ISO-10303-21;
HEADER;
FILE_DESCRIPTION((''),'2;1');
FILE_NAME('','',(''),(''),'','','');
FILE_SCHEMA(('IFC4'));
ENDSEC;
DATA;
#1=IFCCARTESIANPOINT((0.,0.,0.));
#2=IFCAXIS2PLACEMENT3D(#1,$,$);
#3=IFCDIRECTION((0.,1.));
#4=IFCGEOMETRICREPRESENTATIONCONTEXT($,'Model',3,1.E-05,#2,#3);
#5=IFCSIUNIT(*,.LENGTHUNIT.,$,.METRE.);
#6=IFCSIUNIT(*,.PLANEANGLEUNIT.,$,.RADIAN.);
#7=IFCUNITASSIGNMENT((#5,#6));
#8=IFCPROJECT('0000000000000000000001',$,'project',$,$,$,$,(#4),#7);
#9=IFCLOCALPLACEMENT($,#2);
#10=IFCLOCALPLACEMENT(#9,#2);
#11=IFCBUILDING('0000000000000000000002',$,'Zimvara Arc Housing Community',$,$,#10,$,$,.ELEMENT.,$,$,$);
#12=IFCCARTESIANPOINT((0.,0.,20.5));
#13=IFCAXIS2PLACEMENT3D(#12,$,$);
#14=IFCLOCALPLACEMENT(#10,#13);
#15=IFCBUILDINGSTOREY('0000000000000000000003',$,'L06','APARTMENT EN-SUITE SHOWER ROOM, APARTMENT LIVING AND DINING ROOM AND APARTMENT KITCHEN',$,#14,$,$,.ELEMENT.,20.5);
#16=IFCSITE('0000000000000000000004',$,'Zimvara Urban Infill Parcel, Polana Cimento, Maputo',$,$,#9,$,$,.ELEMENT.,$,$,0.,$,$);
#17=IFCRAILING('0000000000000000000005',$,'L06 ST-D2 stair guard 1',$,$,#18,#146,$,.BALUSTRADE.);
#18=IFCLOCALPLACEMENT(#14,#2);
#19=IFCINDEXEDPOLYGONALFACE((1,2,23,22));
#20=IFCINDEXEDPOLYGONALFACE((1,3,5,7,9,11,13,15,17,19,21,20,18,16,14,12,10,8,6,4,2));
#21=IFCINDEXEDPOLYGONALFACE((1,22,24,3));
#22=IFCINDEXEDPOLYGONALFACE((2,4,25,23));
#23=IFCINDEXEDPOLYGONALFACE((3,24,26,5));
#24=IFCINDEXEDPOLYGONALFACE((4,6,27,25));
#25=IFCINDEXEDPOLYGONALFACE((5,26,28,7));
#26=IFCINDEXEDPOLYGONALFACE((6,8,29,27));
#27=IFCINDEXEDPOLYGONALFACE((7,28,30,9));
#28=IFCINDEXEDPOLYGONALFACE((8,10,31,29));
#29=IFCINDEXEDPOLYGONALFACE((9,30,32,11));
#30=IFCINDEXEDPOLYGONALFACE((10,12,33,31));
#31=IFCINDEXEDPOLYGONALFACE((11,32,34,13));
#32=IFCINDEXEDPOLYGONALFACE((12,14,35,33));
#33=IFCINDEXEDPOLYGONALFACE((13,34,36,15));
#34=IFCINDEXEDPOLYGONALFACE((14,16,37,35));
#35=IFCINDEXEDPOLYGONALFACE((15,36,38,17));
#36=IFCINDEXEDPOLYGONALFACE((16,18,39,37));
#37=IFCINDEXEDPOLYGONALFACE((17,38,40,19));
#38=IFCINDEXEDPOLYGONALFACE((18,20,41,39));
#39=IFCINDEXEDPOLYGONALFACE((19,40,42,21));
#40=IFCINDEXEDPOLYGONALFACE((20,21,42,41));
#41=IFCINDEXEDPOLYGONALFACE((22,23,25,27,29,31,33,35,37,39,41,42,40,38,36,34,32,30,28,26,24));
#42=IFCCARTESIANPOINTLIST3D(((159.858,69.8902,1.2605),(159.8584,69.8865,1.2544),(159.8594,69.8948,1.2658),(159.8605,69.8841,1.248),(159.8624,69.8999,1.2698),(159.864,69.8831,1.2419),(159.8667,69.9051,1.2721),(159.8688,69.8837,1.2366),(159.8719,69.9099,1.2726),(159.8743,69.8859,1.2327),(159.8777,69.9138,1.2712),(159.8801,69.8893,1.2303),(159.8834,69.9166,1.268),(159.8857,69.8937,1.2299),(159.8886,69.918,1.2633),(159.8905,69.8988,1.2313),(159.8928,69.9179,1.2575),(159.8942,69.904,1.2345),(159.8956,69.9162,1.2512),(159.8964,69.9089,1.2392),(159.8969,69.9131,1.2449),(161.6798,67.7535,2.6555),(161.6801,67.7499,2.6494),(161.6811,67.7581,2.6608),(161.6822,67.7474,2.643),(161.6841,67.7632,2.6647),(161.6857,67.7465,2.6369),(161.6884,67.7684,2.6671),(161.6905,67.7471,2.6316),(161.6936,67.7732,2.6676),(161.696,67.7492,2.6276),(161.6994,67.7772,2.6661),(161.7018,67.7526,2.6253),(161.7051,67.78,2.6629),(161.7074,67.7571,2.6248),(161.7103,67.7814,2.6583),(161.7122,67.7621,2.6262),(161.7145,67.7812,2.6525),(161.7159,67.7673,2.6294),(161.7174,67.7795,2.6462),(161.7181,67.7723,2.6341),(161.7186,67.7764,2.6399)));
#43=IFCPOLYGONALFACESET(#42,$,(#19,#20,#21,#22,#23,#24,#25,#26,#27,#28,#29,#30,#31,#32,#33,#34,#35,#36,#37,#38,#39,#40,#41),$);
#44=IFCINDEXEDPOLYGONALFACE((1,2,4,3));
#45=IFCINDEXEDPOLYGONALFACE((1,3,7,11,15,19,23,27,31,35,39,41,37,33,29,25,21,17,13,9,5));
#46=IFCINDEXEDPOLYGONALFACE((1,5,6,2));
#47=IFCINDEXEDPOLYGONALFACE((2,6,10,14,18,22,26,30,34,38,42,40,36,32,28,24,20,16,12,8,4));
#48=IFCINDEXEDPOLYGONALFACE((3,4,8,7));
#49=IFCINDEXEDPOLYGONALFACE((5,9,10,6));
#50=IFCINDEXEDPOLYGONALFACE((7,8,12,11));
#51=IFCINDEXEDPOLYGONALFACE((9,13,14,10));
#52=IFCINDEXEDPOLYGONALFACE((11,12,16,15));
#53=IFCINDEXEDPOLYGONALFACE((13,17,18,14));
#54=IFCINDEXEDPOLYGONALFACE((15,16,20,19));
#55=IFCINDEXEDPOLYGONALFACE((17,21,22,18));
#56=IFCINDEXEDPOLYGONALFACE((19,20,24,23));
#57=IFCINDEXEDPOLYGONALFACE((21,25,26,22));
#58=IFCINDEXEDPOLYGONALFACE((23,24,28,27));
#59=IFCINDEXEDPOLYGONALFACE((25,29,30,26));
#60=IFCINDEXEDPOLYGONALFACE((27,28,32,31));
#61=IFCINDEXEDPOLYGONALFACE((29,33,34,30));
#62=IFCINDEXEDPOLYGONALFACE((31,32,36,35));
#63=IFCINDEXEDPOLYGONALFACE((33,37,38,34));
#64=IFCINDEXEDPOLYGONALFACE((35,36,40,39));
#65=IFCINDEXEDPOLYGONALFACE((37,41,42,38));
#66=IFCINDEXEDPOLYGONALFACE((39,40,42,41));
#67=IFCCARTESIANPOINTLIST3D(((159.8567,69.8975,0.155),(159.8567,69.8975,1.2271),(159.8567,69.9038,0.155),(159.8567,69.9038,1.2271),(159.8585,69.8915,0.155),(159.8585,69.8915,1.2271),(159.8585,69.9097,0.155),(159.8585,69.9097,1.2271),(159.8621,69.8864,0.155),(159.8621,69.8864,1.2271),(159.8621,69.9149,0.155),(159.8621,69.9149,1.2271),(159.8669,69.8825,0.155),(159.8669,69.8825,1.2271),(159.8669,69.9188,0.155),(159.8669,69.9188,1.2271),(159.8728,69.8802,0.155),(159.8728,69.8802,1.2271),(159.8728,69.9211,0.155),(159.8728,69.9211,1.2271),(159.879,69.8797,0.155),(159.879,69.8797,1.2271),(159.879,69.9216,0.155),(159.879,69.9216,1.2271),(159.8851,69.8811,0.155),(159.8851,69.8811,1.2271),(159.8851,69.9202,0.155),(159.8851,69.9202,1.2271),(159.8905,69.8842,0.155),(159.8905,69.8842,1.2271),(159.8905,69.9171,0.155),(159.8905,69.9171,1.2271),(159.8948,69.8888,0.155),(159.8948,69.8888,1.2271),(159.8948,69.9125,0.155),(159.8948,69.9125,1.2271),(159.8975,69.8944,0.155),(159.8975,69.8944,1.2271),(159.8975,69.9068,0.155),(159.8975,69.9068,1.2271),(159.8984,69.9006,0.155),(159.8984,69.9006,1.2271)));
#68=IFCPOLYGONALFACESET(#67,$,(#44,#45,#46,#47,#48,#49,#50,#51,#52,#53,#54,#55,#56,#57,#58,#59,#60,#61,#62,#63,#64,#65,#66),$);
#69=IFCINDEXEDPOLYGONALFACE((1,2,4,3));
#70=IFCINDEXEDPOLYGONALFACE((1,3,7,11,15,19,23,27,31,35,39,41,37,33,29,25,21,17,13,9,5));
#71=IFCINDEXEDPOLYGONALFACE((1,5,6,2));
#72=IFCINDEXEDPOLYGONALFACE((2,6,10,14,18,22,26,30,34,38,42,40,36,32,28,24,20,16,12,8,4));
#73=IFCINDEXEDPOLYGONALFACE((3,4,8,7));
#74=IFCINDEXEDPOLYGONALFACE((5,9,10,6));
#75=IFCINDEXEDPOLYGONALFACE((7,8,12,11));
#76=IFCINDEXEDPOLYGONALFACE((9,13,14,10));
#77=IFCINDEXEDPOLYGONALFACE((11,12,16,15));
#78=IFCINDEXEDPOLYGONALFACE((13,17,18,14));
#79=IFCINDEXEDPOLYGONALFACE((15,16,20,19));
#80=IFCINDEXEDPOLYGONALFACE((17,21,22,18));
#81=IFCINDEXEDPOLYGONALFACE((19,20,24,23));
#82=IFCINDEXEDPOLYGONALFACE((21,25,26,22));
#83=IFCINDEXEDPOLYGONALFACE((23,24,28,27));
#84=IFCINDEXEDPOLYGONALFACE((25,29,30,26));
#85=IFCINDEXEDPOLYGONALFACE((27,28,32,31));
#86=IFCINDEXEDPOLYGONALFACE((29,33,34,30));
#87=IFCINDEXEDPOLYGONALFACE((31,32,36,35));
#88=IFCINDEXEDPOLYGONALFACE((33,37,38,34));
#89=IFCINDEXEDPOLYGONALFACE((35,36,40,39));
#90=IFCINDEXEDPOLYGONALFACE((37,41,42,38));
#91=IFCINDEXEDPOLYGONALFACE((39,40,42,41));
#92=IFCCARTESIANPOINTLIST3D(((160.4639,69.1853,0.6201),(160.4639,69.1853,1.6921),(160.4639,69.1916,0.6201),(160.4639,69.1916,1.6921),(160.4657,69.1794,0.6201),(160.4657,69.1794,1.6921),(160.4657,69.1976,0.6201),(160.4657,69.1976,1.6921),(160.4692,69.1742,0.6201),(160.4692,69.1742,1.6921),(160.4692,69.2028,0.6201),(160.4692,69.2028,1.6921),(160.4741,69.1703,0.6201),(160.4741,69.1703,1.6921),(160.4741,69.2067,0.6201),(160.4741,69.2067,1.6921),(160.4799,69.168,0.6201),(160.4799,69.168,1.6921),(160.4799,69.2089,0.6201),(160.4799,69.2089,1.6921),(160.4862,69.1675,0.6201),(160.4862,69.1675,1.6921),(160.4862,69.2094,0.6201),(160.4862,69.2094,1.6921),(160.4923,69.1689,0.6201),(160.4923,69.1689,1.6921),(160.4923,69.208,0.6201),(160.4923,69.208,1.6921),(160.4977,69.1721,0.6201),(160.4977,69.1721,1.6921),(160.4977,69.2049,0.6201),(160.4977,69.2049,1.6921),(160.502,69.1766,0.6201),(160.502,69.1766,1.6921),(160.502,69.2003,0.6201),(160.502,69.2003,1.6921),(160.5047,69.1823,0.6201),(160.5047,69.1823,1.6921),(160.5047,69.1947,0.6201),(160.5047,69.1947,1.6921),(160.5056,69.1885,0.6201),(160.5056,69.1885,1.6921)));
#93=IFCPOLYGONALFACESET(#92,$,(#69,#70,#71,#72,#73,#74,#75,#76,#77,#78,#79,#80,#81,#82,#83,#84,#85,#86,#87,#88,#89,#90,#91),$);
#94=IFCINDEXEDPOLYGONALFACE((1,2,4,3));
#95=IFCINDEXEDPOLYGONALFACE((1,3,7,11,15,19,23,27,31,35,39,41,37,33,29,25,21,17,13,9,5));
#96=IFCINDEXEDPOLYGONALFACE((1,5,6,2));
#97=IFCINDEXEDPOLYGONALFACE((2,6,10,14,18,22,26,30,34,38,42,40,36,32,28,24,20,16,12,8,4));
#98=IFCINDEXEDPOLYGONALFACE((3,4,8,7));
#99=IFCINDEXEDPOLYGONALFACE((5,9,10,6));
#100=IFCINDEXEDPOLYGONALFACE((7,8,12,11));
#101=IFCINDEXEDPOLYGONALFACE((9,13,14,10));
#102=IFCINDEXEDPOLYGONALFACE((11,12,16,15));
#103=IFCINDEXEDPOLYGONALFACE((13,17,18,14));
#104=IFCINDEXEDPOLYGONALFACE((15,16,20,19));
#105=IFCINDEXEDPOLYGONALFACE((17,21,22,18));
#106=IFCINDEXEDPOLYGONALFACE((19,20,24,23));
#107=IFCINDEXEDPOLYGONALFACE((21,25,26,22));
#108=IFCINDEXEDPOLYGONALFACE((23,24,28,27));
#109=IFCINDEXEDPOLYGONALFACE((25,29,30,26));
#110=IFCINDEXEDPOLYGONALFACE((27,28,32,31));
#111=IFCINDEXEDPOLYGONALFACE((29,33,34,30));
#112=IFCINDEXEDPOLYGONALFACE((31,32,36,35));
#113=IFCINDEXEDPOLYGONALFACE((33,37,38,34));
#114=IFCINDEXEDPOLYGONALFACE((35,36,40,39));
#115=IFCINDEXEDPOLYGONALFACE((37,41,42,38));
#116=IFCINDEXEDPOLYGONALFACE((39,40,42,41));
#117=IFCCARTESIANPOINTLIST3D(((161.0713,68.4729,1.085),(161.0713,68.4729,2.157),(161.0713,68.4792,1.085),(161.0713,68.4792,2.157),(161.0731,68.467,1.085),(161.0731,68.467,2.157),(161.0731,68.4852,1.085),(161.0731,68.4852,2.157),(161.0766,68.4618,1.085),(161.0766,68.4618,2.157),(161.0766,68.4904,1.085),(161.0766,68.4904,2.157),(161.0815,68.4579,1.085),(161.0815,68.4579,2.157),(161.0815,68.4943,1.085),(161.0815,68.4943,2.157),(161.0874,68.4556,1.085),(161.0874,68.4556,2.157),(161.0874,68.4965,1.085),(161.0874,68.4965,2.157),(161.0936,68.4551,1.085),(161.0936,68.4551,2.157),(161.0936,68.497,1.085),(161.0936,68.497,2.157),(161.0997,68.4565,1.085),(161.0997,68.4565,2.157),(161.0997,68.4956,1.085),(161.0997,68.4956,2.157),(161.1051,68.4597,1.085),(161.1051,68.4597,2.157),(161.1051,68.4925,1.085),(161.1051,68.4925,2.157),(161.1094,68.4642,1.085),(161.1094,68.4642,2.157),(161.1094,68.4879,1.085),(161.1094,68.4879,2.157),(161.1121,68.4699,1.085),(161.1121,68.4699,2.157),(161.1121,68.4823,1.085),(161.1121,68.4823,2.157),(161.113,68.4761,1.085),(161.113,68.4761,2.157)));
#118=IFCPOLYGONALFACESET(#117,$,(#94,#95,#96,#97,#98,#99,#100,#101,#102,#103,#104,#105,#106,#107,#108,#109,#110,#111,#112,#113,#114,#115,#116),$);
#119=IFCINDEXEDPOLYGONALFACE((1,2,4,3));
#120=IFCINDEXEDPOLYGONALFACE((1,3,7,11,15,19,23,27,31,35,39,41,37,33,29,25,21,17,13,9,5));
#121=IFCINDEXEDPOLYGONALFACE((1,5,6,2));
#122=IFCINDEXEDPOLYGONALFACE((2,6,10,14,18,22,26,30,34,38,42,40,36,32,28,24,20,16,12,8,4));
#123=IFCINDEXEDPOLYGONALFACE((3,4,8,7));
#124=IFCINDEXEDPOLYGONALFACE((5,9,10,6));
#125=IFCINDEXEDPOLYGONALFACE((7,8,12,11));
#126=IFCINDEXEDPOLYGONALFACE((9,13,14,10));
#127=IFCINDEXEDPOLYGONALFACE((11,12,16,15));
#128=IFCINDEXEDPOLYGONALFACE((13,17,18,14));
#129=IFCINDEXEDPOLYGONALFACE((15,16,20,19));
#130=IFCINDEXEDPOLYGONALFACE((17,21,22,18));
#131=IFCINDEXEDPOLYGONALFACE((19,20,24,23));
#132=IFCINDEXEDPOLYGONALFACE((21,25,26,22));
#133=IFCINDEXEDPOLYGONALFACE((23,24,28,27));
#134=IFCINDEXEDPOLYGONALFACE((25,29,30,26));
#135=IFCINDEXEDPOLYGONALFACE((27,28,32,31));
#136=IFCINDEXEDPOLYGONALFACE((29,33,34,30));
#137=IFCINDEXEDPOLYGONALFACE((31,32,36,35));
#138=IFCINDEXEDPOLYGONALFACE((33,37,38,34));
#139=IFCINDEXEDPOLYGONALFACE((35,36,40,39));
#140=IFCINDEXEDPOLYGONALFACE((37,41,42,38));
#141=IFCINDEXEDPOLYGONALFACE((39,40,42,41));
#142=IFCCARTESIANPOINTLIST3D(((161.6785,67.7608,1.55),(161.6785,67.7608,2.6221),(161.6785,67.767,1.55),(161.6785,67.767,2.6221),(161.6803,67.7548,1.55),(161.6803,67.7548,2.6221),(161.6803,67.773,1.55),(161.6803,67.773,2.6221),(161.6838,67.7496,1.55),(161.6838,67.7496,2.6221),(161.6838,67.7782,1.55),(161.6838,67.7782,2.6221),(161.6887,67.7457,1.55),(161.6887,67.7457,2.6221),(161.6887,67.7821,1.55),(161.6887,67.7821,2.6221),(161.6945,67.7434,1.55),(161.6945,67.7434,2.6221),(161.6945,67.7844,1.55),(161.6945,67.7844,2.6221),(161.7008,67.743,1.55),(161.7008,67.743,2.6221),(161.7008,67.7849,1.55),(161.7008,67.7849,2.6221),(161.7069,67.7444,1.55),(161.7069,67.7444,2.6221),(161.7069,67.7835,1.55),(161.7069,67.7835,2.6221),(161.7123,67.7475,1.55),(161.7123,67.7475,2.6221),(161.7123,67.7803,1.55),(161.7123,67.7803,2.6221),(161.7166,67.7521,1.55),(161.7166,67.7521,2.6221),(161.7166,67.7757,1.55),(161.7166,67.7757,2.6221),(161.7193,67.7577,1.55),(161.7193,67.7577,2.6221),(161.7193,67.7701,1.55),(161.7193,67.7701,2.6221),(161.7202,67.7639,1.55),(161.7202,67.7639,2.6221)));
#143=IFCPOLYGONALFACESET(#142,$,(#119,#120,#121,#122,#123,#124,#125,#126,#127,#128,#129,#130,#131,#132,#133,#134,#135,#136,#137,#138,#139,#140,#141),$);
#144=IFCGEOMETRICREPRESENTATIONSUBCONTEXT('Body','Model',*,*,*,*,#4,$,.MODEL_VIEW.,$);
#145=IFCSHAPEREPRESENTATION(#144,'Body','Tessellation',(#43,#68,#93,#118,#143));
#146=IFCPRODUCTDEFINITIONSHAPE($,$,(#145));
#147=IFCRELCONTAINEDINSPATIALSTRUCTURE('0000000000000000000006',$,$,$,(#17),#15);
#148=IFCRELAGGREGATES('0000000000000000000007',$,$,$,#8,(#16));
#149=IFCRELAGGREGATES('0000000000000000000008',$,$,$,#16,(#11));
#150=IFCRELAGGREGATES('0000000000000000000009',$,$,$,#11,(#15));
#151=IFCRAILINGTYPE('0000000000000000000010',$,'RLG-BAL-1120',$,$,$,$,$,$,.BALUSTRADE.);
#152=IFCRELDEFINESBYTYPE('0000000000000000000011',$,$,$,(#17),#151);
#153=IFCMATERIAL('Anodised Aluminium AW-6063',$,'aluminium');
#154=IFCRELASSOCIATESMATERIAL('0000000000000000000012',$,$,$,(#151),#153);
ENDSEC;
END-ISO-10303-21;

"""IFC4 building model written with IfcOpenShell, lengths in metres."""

from ifc_helpers import new_model, si_unit, direction, frame, origin, origin_2d, place, context, subcontext, project, spatial, circle, extrude, material, type_object, element, save


model = new_model("IFC4")

# Units and contexts
model_context = context("Model", 3, precision=1e-05, world=origin(), true_north=direction((0.0, 1.0)))
body_context = subcontext(model_context, "Body", "Model", "MODEL_VIEW")
ifc_project = project(units=[si_unit("LENGTHUNIT", "METRE"), si_unit("PLANEANGLEUNIT", "RADIAN")], contexts=[model_context])

# Site, building, storey
site_placement = place(None, origin())
site = spatial("IfcSite", under=ifc_project, at=site_placement, Name="Zimvara Urban Infill Parcel, Polana Cimento, Maputo", CompositionType="ELEMENT", RefElevation=0.0)
building_placement = place(site_placement, origin())
building = spatial("IfcBuilding", under=site, at=building_placement, Name="Zimvara Arc Housing Community", CompositionType="ELEMENT")
storey_placement = place(building_placement, frame((0.0, 0.0, 20.5)))
storey = spatial("IfcBuildingStorey", under=building, at=storey_placement, Name="L06", Description="APARTMENT EN-SUITE SHOWER ROOM, APARTMENT LIVING AND DINING ROOM AND APARTMENT KITCHEN", CompositionType="ELEMENT", Elevation=20.5)

# Railing
ifc_material_1 = material(Name="Anodised Aluminium AW-6063", Category="aluminium")
railing_type_1 = type_object("IfcRailingType", Name="RLG-BAL-1120", PredefinedType="BALUSTRADE", material=ifc_material_1)
railing_1_placement = place(storey_placement, frame((159.8774, 69.9006, 0.155)))
element("IfcRailing", 1, at=railing_1_placement, inside=storey, type_object=railing_type_1, Name="L06 ST-D2 stair guard 1", PredefinedType="BALUSTRADE", context=body_context, shape_type="SweptSolid", body=[
    extrude(circle(Radius=0.0239, at=origin_2d()), frame((0.0, 0.0, 1.0962), z_axis=(0.581041, -0.681489, 0.44493), x_axis=(0.76096, 0.648799, 0.0)), (0.0, 0.0, 1.0), 3.1353),
    extrude(circle(Radius=0.021, at=origin_2d()), origin(), (0.0, 0.0, 1.0), 1.072),
    extrude(circle(Radius=0.021, at=origin_2d()), frame((0.6072, -0.7122, 0.4651)), (0.0, 0.0, 1.0), 1.072),
    extrude(circle(Radius=0.021, at=origin_2d()), frame((1.2146, -1.4246, 0.9299)), (0.0, 0.0, 1.0), 1.072),
    extrude(circle(Radius=0.021, at=origin_2d()), frame((1.8218, -2.1367, 1.395)), (0.0, 0.0, 1.0), 1.072),
])

save(model, "model.ifc")
